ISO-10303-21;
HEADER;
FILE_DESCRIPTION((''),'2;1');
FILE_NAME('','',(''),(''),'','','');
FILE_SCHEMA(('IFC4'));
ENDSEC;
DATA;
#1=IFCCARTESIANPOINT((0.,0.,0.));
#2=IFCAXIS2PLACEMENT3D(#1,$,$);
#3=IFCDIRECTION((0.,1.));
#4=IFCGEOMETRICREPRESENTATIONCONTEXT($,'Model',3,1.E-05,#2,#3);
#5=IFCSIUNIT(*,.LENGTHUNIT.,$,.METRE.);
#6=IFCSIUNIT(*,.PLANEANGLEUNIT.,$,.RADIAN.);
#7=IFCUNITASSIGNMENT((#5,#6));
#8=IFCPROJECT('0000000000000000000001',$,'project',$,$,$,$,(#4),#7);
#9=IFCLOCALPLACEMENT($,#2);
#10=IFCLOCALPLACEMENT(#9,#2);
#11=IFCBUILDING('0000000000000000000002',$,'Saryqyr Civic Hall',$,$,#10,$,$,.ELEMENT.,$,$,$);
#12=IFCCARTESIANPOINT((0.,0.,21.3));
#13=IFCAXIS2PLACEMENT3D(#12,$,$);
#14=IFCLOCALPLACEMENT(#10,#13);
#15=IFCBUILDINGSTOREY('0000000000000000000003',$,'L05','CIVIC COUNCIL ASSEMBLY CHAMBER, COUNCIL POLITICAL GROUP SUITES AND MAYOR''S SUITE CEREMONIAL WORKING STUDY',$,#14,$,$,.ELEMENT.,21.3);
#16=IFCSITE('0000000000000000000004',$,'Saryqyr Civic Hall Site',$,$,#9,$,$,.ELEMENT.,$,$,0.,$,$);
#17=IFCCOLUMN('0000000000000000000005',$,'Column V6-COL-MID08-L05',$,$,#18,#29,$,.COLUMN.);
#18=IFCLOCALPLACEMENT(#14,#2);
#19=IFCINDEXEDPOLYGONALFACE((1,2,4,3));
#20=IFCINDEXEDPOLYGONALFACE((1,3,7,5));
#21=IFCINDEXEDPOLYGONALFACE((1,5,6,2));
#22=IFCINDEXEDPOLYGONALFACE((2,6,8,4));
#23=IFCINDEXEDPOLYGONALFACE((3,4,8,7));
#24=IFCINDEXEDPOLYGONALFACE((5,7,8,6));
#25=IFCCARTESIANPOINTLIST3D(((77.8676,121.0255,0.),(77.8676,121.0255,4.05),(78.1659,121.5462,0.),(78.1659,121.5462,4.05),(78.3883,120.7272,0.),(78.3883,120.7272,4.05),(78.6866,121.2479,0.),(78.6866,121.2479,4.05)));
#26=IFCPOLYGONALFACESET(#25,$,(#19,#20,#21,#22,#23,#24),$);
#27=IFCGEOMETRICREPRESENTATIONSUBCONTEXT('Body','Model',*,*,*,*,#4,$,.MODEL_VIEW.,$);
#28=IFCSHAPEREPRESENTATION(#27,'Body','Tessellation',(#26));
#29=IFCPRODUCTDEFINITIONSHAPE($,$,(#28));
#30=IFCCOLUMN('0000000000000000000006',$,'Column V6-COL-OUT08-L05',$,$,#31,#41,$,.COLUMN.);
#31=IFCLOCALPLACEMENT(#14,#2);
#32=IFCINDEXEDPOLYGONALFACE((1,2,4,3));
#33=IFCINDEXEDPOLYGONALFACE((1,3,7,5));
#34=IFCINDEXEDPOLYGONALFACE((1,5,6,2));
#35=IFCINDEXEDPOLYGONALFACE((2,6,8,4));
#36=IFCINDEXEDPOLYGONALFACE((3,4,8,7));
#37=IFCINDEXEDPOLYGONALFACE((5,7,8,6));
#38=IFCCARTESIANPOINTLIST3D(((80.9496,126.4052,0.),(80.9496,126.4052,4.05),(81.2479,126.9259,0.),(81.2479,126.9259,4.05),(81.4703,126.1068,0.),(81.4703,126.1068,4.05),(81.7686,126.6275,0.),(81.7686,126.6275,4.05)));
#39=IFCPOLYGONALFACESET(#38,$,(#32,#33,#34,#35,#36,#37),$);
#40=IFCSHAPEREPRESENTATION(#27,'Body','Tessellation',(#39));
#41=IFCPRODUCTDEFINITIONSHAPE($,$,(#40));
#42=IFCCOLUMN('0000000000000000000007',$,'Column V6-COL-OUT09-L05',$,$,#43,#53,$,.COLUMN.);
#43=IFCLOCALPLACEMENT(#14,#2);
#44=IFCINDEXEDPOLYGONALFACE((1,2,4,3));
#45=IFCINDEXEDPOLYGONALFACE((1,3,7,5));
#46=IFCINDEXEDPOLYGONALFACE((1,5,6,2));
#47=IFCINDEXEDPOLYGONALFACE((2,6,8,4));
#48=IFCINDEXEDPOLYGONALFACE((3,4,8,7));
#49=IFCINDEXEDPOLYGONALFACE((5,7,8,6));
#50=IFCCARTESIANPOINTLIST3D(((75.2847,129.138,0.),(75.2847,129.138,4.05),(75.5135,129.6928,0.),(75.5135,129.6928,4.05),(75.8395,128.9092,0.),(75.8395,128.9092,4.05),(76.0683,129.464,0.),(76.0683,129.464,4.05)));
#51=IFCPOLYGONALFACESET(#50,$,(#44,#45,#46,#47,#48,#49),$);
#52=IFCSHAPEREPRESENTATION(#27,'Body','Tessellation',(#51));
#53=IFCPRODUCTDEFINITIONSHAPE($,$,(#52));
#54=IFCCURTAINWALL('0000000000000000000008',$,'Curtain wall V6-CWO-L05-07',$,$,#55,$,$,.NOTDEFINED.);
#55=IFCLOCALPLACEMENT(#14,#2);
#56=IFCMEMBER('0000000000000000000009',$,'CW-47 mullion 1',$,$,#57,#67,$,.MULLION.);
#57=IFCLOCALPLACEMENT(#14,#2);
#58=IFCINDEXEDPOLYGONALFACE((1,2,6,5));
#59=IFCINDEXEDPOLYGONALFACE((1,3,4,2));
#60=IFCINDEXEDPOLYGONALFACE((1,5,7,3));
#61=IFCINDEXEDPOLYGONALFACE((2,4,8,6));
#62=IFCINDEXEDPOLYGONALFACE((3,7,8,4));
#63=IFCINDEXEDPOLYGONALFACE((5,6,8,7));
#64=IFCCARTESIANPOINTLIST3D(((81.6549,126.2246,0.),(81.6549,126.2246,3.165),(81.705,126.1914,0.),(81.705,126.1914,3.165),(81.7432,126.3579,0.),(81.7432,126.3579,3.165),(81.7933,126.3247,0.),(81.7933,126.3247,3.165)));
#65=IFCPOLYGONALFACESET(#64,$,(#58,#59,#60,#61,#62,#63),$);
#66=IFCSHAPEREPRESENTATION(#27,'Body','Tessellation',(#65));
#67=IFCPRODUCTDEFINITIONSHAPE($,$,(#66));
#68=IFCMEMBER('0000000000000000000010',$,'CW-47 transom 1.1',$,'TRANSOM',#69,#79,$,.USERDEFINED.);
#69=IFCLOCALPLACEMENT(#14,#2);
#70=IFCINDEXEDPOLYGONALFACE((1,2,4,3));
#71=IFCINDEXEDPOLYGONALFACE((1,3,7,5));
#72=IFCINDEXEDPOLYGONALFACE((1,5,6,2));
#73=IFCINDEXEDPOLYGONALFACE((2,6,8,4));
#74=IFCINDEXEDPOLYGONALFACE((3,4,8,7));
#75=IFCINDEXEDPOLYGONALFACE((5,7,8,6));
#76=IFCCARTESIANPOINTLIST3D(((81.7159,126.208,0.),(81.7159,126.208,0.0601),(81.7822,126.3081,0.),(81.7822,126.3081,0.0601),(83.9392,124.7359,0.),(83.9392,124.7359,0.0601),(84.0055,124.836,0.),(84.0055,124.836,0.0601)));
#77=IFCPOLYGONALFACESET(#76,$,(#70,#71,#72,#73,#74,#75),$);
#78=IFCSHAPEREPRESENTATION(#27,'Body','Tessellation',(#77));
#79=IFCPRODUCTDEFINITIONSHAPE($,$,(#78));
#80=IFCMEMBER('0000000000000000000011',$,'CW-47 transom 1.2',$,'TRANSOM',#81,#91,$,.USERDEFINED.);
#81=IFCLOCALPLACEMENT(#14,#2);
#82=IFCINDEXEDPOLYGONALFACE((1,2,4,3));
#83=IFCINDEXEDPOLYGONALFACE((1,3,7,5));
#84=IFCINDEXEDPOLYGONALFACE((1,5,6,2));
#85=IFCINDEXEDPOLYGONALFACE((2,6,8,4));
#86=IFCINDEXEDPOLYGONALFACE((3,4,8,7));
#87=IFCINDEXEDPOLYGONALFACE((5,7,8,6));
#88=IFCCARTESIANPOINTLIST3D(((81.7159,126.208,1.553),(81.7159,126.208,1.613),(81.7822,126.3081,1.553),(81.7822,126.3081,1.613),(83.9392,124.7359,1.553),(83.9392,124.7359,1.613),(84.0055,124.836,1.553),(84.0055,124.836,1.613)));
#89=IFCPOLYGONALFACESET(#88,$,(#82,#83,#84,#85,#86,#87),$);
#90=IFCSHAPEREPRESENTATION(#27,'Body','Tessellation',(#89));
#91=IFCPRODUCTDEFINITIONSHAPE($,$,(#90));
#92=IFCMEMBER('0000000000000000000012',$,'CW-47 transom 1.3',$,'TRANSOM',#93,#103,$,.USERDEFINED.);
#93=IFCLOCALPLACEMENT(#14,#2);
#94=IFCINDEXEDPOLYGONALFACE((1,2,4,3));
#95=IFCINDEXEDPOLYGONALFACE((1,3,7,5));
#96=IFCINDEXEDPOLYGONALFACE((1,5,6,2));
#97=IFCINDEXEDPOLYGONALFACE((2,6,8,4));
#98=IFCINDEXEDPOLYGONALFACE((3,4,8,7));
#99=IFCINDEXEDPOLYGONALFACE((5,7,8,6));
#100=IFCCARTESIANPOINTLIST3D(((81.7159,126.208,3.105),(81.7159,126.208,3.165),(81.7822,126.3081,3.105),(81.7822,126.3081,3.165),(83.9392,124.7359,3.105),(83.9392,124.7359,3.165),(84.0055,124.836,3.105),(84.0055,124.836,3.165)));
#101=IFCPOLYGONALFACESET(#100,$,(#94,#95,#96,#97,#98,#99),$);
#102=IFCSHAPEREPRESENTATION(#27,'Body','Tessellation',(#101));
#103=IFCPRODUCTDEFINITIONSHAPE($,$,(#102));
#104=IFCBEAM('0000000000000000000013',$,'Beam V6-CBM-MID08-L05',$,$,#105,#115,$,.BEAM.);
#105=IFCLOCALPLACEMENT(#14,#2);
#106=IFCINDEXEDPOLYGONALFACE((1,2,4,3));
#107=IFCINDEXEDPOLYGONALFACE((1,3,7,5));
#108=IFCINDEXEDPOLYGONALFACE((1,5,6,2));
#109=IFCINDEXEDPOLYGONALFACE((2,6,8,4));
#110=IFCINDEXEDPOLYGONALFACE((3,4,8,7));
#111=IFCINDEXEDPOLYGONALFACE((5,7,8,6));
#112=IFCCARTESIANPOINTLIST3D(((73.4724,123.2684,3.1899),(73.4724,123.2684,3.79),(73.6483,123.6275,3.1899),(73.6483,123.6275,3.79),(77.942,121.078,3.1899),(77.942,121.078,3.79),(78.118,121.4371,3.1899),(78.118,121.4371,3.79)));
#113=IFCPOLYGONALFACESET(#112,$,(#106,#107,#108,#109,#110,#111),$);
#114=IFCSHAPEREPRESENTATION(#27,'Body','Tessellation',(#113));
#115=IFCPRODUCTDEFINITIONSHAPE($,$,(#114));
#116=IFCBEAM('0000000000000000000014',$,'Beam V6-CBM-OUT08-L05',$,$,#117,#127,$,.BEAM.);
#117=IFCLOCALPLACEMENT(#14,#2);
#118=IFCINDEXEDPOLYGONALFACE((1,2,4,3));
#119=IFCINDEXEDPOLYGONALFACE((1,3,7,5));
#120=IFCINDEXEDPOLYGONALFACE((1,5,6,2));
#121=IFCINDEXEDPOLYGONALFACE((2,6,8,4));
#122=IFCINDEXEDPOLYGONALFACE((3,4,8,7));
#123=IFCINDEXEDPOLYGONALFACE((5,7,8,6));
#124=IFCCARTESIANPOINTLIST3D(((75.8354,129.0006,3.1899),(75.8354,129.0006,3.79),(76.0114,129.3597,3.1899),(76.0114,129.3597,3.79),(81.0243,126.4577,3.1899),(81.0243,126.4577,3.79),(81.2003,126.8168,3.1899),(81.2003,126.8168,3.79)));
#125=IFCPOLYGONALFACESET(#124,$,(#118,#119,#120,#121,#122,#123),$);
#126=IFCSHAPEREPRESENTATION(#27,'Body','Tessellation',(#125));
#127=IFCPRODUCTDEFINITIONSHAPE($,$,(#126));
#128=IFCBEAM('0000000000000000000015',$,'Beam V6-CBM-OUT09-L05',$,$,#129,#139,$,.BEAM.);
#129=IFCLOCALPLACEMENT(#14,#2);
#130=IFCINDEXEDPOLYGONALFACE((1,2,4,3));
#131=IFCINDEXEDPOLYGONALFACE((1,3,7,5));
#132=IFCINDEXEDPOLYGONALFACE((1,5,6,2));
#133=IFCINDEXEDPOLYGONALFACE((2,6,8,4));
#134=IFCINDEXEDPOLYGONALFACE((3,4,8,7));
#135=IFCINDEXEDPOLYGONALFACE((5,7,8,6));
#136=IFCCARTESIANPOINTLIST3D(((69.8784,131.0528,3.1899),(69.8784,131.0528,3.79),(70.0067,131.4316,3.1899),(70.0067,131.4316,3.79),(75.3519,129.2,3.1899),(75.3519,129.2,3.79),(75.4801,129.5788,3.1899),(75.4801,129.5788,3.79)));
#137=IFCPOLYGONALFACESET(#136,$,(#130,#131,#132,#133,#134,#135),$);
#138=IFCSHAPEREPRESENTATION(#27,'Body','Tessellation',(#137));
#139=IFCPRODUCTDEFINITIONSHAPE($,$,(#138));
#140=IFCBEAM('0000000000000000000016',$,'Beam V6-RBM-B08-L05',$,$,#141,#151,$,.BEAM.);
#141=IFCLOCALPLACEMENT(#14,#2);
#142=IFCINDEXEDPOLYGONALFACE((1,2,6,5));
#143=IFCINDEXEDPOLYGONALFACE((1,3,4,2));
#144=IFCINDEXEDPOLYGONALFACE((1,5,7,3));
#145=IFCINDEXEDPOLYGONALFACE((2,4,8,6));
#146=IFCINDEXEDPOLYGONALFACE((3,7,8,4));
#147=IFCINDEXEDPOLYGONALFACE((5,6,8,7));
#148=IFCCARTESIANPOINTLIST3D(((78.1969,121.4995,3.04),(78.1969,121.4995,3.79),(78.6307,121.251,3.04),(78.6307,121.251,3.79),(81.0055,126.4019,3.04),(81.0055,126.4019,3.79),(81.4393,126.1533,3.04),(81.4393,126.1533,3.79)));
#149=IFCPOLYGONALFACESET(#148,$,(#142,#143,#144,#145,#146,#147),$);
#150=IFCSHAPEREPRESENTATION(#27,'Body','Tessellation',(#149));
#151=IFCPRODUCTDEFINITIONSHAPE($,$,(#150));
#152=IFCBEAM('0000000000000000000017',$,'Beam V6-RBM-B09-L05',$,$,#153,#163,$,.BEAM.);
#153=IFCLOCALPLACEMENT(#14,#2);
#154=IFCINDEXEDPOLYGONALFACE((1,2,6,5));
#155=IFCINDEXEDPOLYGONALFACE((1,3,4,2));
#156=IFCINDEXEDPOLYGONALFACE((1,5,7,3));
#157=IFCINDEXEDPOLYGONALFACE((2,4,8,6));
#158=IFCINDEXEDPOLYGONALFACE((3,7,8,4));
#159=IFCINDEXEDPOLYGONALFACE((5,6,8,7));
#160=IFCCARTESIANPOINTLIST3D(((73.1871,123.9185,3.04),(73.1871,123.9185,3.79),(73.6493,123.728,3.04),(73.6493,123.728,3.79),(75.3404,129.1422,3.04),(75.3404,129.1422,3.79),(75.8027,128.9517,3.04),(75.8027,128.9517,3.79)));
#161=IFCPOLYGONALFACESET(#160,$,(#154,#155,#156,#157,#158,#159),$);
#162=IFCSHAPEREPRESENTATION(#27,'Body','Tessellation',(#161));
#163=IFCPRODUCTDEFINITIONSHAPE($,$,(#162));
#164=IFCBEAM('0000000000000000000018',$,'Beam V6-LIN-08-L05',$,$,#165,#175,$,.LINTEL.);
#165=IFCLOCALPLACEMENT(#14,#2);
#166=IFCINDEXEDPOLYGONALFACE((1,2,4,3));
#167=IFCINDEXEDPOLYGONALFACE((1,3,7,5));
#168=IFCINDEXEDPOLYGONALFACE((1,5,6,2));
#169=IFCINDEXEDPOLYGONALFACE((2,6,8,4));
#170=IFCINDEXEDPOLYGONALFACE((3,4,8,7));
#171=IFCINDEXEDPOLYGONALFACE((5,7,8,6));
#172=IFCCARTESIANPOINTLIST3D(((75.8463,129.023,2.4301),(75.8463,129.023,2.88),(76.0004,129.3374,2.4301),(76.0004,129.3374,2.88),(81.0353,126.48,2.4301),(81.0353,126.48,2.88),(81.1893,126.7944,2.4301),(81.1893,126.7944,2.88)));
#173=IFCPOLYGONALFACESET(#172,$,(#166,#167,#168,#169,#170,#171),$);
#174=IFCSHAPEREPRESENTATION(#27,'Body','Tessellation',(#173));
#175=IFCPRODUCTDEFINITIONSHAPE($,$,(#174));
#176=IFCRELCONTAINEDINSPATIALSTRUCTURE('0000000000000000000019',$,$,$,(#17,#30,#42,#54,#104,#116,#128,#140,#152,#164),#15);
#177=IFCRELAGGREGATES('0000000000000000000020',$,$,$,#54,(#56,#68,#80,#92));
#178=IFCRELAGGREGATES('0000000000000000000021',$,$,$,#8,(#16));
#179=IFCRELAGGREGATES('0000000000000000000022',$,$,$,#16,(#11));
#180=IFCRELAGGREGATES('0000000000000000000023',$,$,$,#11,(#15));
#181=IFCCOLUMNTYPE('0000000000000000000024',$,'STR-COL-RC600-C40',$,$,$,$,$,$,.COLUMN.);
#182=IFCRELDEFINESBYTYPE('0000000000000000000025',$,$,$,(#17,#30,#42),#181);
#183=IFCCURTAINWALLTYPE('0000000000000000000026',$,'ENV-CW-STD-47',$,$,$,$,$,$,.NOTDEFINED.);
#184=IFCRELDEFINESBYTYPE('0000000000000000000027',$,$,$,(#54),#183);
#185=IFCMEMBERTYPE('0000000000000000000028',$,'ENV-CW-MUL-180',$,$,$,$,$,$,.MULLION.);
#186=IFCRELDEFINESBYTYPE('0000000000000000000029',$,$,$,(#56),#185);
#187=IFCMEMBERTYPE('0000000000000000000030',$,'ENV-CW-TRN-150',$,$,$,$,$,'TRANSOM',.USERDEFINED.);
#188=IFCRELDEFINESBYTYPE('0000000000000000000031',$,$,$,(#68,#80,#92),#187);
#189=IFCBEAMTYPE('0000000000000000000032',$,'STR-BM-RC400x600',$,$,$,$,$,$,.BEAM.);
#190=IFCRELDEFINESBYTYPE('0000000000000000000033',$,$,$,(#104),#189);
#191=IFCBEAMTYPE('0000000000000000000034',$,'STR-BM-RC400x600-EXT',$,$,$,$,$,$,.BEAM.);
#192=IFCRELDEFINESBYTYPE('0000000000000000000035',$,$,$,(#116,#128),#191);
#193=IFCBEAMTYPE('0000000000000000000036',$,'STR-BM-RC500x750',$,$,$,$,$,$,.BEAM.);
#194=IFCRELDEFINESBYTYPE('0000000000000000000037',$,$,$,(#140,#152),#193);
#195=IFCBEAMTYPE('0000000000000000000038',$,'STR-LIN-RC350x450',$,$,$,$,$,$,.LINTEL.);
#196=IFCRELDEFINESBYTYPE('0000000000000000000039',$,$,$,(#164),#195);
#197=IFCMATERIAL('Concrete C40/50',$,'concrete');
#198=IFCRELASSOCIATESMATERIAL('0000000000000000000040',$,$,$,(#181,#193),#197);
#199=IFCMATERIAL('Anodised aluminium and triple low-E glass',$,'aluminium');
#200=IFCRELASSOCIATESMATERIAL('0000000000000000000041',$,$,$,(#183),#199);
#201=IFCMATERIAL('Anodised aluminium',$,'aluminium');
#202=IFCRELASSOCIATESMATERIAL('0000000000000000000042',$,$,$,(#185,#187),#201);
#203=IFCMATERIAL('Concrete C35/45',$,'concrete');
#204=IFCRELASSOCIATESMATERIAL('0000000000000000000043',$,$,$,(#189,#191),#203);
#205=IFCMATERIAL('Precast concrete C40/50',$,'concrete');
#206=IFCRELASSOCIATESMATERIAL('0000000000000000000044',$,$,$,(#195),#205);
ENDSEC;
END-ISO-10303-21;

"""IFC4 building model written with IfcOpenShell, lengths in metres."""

from ifc_helpers import new_model, si_unit, direction, frame, origin, origin_2d, place, context, subcontext, project, spatial, rectangle, extrude, material, material_profile, profile_set, type_object, element, aggregate, save


model = new_model("IFC4")

# Units and contexts
model_context = context("Model", 3, precision=1e-05, world=origin(), true_north=direction((0.0, 1.0)))
body_context = subcontext(model_context, "Body", "Model", "MODEL_VIEW")
ifc_project = project(units=[si_unit("LENGTHUNIT", "METRE"), si_unit("PLANEANGLEUNIT", "RADIAN")], contexts=[model_context])

# Site, building, storey
site_placement = place(None, origin())
site = spatial("IfcSite", under=ifc_project, at=site_placement, Name="Saryqyr Civic Hall Site", CompositionType="ELEMENT", RefElevation=0.0)
building_placement = place(site_placement, origin())
building = spatial("IfcBuilding", under=site, at=building_placement, Name="Saryqyr Civic Hall", CompositionType="ELEMENT")
storey_placement = place(building_placement, frame((0.0, 0.0, 21.3)))
storey = spatial("IfcBuildingStorey", under=building, at=storey_placement, Name="L05", Description="CIVIC COUNCIL ASSEMBLY CHAMBER, COUNCIL POLITICAL GROUP SUITES AND MAYOR'S SUITE CEREMONIAL WORKING STUDY", CompositionType="ELEMENT", Elevation=21.3)

# Columns
ifc_material_1 = material(Name="Concrete C40/50", Category="concrete")
ifc_material_profile_1 = material_profile(ifc_material_1, rectangle(XDim=0.6001, YDim=0.6001, at=origin_2d()), Name="RC 600x600")
ifc_profile_set_1 = profile_set([ifc_material_profile_1], Name="Concrete C40/50")
column_type = type_object("IfcColumnType", Name="STR-COL-RC600-C40", PredefinedType="COLUMN", material=ifc_profile_set_1)
for number, where, z_axis, x_axis, name in (
    (1, (78.2771, 121.1367, 0.0), (0.0, 0.0, 1.0), (0.497125, 0.867679, 0.0), "Column V6-COL-MID08-L05"),
    (2, (81.3591, 126.5164, 0.0), (0.0, 0.0, 1.0), (0.497125, 0.867679, 0.0), "Column V6-COL-OUT08-L05"),
    (3, (75.6765, 129.301, 0.0), (0.0, 0.0, 1.0), (0.381232, 0.92448, 0.0), "Column V6-COL-OUT09-L05"),
):
    element("IfcColumn", number, at=place(storey_placement, frame(where, z_axis=z_axis, x_axis=x_axis)), inside=storey, type_object=column_type, Name=name, PredefinedType="COLUMN", context=body_context, shape_type="SweptSolid", body=[
        extrude(rectangle(XDim=0.6001, YDim=0.6001, at=origin_2d()), origin(), (0.0, 0.0, 1.0), 4.05),
    ])

# Curtain wall, members
ifc_material_2 = material(Name="Anodised aluminium and triple low-E glass", Category="aluminium")
curtain_wall_type = type_object("IfcCurtainWallType", Name="ENV-CW-STD-47", PredefinedType="NOTDEFINED", material=ifc_material_2)
curtain_wall_placement = place(storey_placement, origin())
curtain_wall = element("IfcCurtainWall", 4, at=curtain_wall_placement, inside=storey, type_object=curtain_wall_type, Name="Curtain wall V6-CWO-L05-07", PredefinedType="NOTDEFINED")
ifc_material_3 = material(Name="Anodised aluminium", Category="aluminium")
ifc_material_profile_2 = material_profile(ifc_material_3, rectangle(XDim=0.0601, YDim=0.1599, at=origin_2d()), Name="ALU MULLION 60x160")
ifc_profile_set_2 = profile_set([ifc_material_profile_2], Name="Anodised aluminium")
member_type_1 = type_object("IfcMemberType", Name="ENV-CW-MUL-180", PredefinedType="MULLION", material=ifc_profile_set_2)
member_1_placement = place(storey_placement, frame((81.7241, 126.2747, 0.0), z_axis=(0.0, 0.0, 1.0), x_axis=(0.833757, -0.552132, 0.0)))
member_1 = element("IfcMember", 5, at=member_1_placement, type_object=member_type_1, Name="CW-47 mullion 1", PredefinedType="MULLION", context=body_context, shape_type="SweptSolid", body=[
    extrude(rectangle(XDim=0.0601, YDim=0.1599, at=origin_2d()), origin(), (0.0, 0.0, 1.0), 3.165),
])
ifc_material_profile_3 = material_profile(ifc_material_3, rectangle(XDim=0.1201, YDim=0.0601, at=origin_2d()), Name="ALU TRANSOM 120x60")
ifc_profile_set_3 = profile_set([ifc_material_profile_3], Name="Anodised aluminium")
member_type_2 = type_object("IfcMemberType", Name="ENV-CW-TRN-150", ElementType="TRANSOM", PredefinedType="USERDEFINED", material=ifc_profile_set_3)
member_2_placement = place(storey_placement, frame((81.749, 126.2581, 0.03), z_axis=(0.833793, -0.552078, 0.0), x_axis=(0.552078, 0.833793, 0.0)))
member_2 = element("IfcMember", 6, at=member_2_placement, type_object=member_type_2, Name="CW-47 transom 1.1", ObjectType="TRANSOM", PredefinedType="USERDEFINED", context=body_context, shape_type="SweptSolid", body=[
    extrude(rectangle(XDim=0.1201, YDim=0.0601, at=origin_2d()), origin(), (0.0, 0.0, 1.0), 2.6665),
])
member_3_placement = place(storey_placement, frame((81.749, 126.2581, 1.583), z_axis=(0.833793, -0.552078, 0.0), x_axis=(0.552078, 0.833793, 0.0)))
member_3 = element("IfcMember", 7, at=member_3_placement, type_object=member_type_2, Name="CW-47 transom 1.2", ObjectType="TRANSOM", PredefinedType="USERDEFINED", context=body_context, shape_type="SweptSolid", body=[
    extrude(rectangle(XDim=0.1201, YDim=0.0601, at=origin_2d()), origin(), (0.0, 0.0, 1.0), 2.6665),
])
member_4_placement = place(storey_placement, frame((81.749, 126.2581, 3.135), z_axis=(0.833793, -0.552078, 0.0), x_axis=(0.552078, 0.833793, 0.0)))
member_4 = element("IfcMember", 8, at=member_4_placement, type_object=member_type_2, Name="CW-47 transom 1.3", ObjectType="TRANSOM", PredefinedType="USERDEFINED", context=body_context, shape_type="SweptSolid", body=[
    extrude(rectangle(XDim=0.1201, YDim=0.0601, at=origin_2d()), origin(), (0.0, 0.0, 1.0), 2.6665),
])
aggregate(curtain_wall, [member_1, member_2, member_3, member_4])

# Beams
ifc_material_4 = material(Name="Concrete C35/45", Category="concrete")
ifc_material_profile_4 = material_profile(ifc_material_4, rectangle(XDim=0.3999, YDim=0.6001, at=origin_2d()), Name="RC 400x600")
ifc_profile_set_4 = profile_set([ifc_material_profile_4], Name="Concrete C35/45")
beam_type_1 = type_object("IfcBeamType", Name="STR-BM-RC400x600", PredefinedType="BEAM", material=ifc_profile_set_4)
beam_1_placement = place(storey_placement, frame((78.03, 121.2576, 3.49), z_axis=(-0.897969, 0.440058, 0.0), x_axis=(-0.440058, -0.897969, 0.0)))
element("IfcBeam", 9, at=beam_1_placement, inside=storey, type_object=beam_type_1, Name="Beam V6-CBM-MID08-L05", PredefinedType="BEAM", context=body_context, shape_type="SweptSolid", body=[
    extrude(rectangle(XDim=0.3999, YDim=0.6001, at=origin_2d()), origin(), (0.0, 0.0, 1.0), 4.9775),
])
ifc_material_profile_5 = material_profile(ifc_material_4, rectangle(XDim=0.3999, YDim=0.6001, at=origin_2d()), Name="RC 400x600")
ifc_profile_set_5 = profile_set([ifc_material_profile_5], Name="Concrete C35/45")
beam_type_2 = type_object("IfcBeamType", Name="STR-BM-RC400x600-EXT", PredefinedType="BEAM", material=ifc_profile_set_5)
for number, where, z_axis, x_axis, name in (
    (10, (81.1123, 126.6372, 3.49), (-0.897965, 0.440068, 0.0), (-0.440068, -0.897965, 0.0), "Beam V6-CBM-OUT08-L05"),
    (11, (75.416, 129.3894, 3.49), (-0.947203, 0.320635, 0.0), (-0.320635, -0.947203, 0.0), "Beam V6-CBM-OUT09-L05"),
):
    element("IfcBeam", number, at=place(storey_placement, frame(where, z_axis=z_axis, x_axis=x_axis)), inside=storey, type_object=beam_type_2, Name=name, PredefinedType="BEAM", context=body_context, shape_type="SweptSolid", body=[
        extrude(rectangle(XDim=0.3999, YDim=0.6001, at=origin_2d()), origin(), (0.0, 0.0, 1.0), 5.7786),
    ])
ifc_material_profile_6 = material_profile(ifc_material_1, rectangle(XDim=0.5, YDim=0.75, at=origin_2d()), Name="RC 500x750")
ifc_profile_set_6 = profile_set([ifc_material_profile_6], Name="Concrete C40/50")
beam_type_3 = type_object("IfcBeamType", Name="STR-BM-RC500x750", PredefinedType="BEAM", material=ifc_profile_set_6)
beam_2_placement = place(storey_placement, frame((78.4138, 121.3752, 3.415), z_axis=(0.497107, 0.867689, 0.0), x_axis=(-0.867689, 0.497107, 0.0)))
element("IfcBeam", 12, at=beam_2_placement, inside=storey, type_object=beam_type_3, Name="Beam V6-RBM-B08-L05", PredefinedType="BEAM", context=body_context, shape_type="SweptSolid", body=[
    extrude(rectangle(XDim=0.5, YDim=0.75, at=origin_2d()), origin(), (0.0, 0.0, 1.0), 5.6499),
])
beam_3_placement = place(storey_placement, frame((73.4182, 123.8232, 3.415), z_axis=(0.381115, 0.924528, 0.0), x_axis=(-0.924528, 0.381115, 0.0)))
element("IfcBeam", 13, at=beam_3_placement, inside=storey, type_object=beam_type_3, Name="Beam V6-RBM-B09-L05", PredefinedType="BEAM", context=body_context, shape_type="SweptSolid", body=[
    extrude(rectangle(XDim=0.5, YDim=0.75, at=origin_2d()), origin(), (0.0, 0.0, 1.0), 5.6501),
])
ifc_material_5 = material(Name="Precast concrete C40/50", Category="concrete")
ifc_material_profile_7 = material_profile(ifc_material_5, rectangle(XDim=0.3501, YDim=0.45, at=origin_2d()), Name="RC 350x450")
ifc_profile_set_7 = profile_set([ifc_material_profile_7], Name="Precast concrete C40/50")
beam_type_4 = type_object("IfcBeamType", Name="STR-LIN-RC350x450", PredefinedType="LINTEL", material=ifc_profile_set_7)
beam_4_placement = place(storey_placement, frame((81.1123, 126.6372, 2.655), z_axis=(-0.897965, 0.440068, 0.0), x_axis=(-0.440068, -0.897965, 0.0)))
element("IfcBeam", 14, at=beam_4_placement, inside=storey, type_object=beam_type_4, Name="Beam V6-LIN-08-L05", PredefinedType="LINTEL", context=body_context, shape_type="SweptSolid", body=[
    extrude(rectangle(XDim=0.3501, YDim=0.45, at=origin_2d()), origin(), (0.0, 0.0, 1.0), 5.7786),
])

save(model, "model.ifc")
